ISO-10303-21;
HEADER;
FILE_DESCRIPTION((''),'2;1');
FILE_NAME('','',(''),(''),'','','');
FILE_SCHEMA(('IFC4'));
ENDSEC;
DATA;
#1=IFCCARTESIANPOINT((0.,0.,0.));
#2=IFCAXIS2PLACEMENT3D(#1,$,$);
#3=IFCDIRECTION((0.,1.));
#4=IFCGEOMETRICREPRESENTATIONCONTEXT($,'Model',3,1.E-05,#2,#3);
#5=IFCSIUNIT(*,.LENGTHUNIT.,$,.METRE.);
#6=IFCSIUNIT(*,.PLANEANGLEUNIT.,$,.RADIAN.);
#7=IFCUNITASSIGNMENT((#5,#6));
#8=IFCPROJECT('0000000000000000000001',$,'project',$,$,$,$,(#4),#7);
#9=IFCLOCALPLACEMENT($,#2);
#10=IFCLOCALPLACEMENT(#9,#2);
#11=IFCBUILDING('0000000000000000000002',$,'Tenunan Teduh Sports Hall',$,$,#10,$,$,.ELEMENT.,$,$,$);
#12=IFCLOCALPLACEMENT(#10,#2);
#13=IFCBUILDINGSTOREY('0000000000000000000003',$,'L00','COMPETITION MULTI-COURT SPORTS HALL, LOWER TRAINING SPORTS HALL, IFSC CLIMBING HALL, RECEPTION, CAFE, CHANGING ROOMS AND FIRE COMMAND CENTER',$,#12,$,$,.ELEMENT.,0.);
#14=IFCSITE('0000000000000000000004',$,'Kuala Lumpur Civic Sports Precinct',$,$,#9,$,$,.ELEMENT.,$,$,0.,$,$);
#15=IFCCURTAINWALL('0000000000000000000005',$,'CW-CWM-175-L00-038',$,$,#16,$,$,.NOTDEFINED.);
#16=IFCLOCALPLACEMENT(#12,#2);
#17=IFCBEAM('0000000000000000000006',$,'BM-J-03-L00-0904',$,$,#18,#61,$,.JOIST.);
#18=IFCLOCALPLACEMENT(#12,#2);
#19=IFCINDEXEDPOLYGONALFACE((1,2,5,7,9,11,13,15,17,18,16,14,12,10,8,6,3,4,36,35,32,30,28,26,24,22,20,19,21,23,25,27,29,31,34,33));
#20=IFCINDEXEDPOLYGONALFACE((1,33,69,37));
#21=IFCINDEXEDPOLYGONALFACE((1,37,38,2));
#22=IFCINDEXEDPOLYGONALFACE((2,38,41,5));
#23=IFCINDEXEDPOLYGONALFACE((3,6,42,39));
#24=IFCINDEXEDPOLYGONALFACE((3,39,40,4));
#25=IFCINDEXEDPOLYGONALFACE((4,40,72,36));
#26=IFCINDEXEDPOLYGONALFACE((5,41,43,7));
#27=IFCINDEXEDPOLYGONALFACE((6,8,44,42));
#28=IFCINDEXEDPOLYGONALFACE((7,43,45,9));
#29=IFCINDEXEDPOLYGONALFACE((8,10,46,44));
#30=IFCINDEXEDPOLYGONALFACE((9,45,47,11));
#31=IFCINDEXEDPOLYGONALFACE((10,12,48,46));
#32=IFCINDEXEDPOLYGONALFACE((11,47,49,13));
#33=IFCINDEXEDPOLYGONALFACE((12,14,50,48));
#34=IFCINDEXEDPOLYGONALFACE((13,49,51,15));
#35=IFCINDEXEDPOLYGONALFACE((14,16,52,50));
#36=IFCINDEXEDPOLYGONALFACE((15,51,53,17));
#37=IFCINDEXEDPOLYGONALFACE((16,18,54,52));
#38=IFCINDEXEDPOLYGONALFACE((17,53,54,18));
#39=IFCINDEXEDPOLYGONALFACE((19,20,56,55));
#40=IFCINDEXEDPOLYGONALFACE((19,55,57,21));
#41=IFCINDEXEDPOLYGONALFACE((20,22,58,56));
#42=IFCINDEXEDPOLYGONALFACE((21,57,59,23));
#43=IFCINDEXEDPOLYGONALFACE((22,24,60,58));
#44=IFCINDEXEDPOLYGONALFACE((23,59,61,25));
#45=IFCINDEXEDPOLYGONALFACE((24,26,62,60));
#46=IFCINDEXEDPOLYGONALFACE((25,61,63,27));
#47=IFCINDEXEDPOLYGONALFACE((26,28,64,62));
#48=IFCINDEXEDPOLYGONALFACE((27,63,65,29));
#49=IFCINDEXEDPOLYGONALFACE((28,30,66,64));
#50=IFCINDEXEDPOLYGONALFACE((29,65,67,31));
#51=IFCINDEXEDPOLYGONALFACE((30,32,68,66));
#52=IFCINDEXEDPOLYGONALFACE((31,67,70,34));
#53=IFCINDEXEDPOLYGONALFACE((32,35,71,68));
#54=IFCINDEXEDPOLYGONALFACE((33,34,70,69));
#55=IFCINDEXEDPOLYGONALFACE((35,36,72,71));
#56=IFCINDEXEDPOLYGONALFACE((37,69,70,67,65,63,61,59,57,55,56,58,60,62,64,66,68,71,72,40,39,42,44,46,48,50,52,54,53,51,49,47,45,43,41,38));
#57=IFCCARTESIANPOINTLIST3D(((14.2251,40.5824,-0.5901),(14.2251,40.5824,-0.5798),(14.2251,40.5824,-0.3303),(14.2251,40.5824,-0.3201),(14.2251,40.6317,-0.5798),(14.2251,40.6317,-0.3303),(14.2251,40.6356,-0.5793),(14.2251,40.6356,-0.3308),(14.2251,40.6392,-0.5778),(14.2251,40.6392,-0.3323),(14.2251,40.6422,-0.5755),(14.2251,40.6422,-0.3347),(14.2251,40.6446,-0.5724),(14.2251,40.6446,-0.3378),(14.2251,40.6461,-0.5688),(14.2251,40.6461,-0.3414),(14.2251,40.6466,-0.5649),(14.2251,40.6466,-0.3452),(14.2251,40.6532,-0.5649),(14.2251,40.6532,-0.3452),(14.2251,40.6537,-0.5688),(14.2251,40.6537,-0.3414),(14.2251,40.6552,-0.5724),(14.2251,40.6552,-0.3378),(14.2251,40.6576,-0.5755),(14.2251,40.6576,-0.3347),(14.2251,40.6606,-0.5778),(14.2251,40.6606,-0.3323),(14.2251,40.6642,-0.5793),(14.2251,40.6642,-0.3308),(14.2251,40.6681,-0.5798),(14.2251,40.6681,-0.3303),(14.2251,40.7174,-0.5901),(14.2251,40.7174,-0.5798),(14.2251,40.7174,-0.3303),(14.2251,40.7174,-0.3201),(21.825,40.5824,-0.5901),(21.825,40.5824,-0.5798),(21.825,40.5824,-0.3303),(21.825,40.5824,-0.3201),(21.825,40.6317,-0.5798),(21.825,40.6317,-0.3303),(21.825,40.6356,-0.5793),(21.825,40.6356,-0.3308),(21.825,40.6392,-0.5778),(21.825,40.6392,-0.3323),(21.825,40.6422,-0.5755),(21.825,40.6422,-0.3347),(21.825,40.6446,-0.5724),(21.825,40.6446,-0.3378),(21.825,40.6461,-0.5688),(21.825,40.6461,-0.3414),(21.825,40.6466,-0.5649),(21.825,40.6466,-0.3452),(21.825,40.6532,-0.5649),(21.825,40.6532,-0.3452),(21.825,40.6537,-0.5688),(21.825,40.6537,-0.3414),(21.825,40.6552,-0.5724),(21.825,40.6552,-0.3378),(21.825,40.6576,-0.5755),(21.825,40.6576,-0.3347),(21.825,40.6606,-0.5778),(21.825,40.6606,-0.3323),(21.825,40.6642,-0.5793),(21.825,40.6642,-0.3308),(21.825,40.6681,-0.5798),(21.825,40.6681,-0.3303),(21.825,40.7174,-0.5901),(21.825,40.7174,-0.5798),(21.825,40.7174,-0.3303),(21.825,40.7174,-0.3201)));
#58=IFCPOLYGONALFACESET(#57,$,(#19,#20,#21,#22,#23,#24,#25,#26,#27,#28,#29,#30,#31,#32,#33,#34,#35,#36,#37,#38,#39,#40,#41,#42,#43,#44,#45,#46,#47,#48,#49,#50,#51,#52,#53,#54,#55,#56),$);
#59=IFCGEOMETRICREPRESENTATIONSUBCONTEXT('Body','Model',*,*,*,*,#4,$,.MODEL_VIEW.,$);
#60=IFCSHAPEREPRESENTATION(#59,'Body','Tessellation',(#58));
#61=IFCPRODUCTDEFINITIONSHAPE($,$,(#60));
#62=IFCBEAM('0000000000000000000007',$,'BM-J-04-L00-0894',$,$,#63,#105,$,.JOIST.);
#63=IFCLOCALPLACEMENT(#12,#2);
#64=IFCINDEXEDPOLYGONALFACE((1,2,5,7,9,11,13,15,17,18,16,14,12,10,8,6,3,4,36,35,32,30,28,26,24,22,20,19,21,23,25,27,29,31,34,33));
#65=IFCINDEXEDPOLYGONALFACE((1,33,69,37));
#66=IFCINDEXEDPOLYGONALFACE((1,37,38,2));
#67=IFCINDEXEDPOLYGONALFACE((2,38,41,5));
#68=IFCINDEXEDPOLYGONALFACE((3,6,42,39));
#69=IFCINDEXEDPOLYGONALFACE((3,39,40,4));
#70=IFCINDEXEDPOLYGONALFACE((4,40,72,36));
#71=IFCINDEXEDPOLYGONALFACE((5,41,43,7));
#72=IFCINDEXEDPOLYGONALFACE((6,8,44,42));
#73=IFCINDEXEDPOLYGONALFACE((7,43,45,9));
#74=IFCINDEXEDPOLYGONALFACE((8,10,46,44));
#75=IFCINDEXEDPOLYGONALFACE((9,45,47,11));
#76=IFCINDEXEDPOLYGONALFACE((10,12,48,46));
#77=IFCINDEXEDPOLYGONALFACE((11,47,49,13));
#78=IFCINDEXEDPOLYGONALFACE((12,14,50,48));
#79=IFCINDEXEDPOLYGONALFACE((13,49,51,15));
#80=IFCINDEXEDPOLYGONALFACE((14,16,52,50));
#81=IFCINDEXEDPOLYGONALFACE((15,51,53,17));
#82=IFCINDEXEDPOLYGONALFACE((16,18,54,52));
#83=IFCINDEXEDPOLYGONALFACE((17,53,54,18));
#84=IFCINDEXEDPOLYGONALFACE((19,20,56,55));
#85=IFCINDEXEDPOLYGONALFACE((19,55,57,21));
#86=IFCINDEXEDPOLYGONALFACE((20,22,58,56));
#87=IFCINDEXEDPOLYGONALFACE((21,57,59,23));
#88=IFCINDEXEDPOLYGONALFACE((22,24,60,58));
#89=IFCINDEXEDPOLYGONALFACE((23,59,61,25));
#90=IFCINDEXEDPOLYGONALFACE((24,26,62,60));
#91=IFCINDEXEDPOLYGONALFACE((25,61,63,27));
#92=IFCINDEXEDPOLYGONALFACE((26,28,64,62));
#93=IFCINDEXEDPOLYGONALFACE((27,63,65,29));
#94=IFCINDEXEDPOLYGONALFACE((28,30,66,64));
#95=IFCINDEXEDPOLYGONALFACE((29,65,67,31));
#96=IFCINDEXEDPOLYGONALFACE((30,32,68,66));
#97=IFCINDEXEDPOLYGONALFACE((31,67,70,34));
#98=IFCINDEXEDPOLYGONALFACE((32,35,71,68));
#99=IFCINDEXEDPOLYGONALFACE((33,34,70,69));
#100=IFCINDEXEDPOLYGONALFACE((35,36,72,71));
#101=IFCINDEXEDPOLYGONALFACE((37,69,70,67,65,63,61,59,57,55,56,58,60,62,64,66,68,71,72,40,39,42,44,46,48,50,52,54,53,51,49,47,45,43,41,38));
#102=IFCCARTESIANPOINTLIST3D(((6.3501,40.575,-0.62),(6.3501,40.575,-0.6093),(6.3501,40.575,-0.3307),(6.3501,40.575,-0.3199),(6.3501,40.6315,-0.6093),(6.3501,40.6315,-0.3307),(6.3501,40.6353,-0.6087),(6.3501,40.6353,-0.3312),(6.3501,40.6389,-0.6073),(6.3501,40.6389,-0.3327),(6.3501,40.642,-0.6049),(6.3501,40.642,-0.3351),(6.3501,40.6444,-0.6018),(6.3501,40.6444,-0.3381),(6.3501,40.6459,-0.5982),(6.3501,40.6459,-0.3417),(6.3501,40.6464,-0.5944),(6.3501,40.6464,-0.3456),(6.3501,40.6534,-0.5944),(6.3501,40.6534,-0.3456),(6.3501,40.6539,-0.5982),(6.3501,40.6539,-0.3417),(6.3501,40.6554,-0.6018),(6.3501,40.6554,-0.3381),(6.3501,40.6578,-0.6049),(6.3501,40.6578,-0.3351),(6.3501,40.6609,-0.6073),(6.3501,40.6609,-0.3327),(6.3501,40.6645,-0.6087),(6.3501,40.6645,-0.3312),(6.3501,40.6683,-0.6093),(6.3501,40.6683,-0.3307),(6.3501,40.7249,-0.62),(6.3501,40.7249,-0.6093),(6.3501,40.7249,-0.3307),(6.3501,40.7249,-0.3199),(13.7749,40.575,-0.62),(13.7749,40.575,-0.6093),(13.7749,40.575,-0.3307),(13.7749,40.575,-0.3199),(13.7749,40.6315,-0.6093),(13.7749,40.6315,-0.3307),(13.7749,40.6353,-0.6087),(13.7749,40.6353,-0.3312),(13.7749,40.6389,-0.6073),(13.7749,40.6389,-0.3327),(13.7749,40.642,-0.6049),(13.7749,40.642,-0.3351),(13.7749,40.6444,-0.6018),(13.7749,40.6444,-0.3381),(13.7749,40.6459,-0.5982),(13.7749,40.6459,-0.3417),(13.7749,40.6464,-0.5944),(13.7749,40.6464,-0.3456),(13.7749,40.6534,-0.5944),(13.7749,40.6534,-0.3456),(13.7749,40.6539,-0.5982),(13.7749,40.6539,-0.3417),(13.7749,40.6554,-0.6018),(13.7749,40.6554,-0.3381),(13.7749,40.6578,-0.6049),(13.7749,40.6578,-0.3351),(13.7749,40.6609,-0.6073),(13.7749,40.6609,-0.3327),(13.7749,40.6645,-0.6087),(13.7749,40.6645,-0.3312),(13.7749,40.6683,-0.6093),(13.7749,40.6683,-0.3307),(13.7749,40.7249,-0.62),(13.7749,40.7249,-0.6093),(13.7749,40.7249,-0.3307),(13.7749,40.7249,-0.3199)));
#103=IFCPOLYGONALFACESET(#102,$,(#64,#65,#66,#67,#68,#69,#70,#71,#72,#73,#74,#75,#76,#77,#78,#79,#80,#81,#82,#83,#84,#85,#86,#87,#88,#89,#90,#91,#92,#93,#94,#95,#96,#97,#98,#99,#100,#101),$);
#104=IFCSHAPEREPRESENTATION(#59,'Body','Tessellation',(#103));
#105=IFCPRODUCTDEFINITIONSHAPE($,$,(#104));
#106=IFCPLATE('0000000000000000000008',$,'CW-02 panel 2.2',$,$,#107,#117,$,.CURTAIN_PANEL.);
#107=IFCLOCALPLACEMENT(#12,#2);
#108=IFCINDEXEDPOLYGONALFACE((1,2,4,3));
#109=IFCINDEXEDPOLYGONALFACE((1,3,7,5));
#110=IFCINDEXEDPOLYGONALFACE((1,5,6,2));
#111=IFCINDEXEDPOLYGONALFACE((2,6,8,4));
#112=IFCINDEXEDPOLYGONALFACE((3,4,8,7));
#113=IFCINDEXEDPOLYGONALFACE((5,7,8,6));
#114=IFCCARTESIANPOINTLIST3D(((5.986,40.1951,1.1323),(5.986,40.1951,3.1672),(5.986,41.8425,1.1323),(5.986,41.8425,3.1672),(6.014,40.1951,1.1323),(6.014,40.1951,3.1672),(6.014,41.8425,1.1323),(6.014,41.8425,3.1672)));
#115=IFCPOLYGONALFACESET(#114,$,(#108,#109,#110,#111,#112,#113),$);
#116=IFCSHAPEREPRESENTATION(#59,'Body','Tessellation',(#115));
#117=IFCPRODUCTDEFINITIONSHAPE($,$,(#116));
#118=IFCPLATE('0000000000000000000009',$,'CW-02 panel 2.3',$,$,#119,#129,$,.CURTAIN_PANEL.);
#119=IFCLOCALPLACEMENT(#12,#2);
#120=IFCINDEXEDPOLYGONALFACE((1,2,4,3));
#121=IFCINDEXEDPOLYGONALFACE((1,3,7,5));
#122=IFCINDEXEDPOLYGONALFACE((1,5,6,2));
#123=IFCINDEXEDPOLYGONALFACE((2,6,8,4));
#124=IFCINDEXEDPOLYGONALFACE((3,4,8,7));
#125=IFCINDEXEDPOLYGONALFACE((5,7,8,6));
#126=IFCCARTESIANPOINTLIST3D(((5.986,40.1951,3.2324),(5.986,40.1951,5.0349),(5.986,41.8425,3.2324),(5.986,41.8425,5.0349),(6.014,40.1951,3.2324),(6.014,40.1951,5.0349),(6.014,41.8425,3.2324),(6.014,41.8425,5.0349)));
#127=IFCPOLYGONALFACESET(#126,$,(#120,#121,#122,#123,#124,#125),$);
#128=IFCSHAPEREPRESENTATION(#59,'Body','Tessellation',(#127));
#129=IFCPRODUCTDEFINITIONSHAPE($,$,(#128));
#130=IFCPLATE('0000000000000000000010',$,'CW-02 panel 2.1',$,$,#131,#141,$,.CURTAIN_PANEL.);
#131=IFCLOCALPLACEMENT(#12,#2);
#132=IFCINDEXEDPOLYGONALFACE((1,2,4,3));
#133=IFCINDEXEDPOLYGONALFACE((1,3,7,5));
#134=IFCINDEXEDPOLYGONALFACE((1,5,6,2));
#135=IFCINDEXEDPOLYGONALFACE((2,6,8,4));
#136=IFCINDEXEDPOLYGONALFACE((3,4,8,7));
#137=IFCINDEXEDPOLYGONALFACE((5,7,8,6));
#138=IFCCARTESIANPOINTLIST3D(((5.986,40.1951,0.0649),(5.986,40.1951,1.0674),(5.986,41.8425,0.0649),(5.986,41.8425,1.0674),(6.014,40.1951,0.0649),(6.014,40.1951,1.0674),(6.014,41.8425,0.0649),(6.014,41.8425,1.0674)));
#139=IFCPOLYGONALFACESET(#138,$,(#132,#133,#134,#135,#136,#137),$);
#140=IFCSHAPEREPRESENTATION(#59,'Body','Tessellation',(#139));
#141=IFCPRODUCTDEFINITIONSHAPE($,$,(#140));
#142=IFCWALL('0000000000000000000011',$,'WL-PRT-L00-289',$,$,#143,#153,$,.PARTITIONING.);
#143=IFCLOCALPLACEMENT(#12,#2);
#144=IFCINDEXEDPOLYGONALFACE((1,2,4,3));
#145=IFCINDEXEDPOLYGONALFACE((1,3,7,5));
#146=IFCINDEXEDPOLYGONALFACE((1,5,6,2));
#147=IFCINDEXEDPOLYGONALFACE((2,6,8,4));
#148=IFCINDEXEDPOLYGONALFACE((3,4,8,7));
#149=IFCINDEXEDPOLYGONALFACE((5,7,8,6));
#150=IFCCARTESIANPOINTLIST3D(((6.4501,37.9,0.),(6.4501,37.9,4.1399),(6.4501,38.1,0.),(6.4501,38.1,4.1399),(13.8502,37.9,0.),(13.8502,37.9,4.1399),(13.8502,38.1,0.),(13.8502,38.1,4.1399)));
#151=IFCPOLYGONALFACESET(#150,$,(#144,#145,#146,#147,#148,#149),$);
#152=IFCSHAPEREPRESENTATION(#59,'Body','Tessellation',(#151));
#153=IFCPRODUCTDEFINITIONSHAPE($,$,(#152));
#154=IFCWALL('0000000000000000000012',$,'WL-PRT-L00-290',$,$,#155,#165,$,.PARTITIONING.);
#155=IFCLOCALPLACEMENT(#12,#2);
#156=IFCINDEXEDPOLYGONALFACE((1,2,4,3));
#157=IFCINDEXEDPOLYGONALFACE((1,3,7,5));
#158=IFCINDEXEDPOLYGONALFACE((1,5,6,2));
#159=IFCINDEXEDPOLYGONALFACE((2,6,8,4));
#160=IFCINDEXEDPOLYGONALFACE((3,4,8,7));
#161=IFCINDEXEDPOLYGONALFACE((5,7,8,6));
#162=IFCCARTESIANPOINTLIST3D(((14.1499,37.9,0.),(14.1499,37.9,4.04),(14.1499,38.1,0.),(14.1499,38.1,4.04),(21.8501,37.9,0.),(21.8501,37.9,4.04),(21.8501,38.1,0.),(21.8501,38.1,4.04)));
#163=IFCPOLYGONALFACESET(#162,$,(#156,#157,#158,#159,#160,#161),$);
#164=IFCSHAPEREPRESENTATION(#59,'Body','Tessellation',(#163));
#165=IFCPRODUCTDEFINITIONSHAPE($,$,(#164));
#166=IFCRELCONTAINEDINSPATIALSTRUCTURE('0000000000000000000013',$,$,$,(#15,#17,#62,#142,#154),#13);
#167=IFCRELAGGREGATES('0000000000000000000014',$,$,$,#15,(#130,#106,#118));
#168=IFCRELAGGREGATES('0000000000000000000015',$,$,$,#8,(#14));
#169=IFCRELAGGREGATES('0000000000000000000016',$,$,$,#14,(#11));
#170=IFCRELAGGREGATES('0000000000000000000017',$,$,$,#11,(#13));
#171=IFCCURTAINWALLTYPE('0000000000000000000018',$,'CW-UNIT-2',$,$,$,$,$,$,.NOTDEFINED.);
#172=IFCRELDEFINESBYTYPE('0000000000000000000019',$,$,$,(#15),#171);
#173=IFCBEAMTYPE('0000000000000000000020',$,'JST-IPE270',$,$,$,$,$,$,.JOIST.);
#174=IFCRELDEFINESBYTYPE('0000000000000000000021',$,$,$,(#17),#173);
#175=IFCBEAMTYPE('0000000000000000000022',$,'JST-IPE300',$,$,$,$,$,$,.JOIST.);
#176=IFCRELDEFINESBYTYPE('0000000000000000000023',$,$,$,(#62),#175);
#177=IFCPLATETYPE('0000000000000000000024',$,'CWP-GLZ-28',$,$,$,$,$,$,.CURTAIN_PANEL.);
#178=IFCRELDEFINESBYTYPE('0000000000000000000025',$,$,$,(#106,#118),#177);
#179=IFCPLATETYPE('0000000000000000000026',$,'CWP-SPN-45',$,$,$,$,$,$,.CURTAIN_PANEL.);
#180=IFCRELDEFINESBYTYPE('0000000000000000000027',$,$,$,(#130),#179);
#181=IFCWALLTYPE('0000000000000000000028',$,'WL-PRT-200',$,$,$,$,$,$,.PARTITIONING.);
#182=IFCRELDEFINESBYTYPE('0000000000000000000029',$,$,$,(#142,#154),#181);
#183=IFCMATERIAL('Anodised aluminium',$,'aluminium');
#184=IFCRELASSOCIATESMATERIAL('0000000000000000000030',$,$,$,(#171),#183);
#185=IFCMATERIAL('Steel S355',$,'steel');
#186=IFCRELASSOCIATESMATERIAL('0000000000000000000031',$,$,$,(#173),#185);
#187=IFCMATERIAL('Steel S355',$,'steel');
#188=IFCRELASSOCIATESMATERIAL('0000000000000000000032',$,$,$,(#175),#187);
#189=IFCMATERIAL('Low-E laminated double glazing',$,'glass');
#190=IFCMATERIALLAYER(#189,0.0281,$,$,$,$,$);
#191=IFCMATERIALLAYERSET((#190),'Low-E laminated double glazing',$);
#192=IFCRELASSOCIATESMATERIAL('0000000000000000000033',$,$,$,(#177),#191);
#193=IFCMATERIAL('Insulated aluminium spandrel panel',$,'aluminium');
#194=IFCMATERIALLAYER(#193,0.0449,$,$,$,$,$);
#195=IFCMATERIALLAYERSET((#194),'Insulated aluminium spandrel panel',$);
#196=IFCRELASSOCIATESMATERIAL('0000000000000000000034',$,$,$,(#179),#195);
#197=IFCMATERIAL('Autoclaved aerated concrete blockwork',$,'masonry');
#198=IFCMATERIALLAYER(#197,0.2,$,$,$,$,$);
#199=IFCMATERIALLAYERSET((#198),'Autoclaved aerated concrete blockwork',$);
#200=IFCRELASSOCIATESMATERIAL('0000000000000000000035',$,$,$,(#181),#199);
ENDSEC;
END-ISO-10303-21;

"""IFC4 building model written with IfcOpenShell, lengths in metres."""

from ifc_helpers import new_model, si_unit, direction, frame, frame_2d, origin, origin_2d, place, context, subcontext, project, spatial, rectangle, i_section, extrude, material, layer, layer_set, material_profile, profile_set, type_object, element, aggregate, save


model = new_model("IFC4")

# Units and contexts
model_context = context("Model", 3, precision=1e-05, world=origin(), true_north=direction((0.0, 1.0)))
body_context = subcontext(model_context, "Body", "Model", "MODEL_VIEW")
ifc_project = project(units=[si_unit("LENGTHUNIT", "METRE"), si_unit("PLANEANGLEUNIT", "RADIAN")], contexts=[model_context])

# Site, building, storey
site_placement = place(None, origin())
site = spatial("IfcSite", under=ifc_project, at=site_placement, Name="Kuala Lumpur Civic Sports Precinct", CompositionType="ELEMENT", RefElevation=0.0)
building_placement = place(site_placement, origin())
building = spatial("IfcBuilding", under=site, at=building_placement, Name="Tenunan Teduh Sports Hall", CompositionType="ELEMENT")
storey_placement = place(building_placement, origin())
storey = spatial("IfcBuildingStorey", under=building, at=storey_placement, Name="L00", Description="COMPETITION MULTI-COURT SPORTS HALL, LOWER TRAINING SPORTS HALL, IFSC CLIMBING HALL, RECEPTION, CAFE, CHANGING ROOMS AND FIRE COMMAND CENTER", CompositionType="ELEMENT", Elevation=0.0)

# Curtain wall
ifc_material_1 = material(Name="Anodised aluminium", Category="aluminium")
curtain_wall_type = type_object("IfcCurtainWallType", Name="CW-UNIT-2", PredefinedType="NOTDEFINED", material=ifc_material_1)
curtain_wall_placement = place(storey_placement, origin())
curtain_wall = element("IfcCurtainWall", 1, at=curtain_wall_placement, inside=storey, type_object=curtain_wall_type, Name="CW-CWM-175-L00-038", PredefinedType="NOTDEFINED")

# Beams
ifc_material_2 = material(Name="Steel S355", Category="steel")
ifc_material_profile_1 = material_profile(ifc_material_2, i_section(OverallWidth=0.135, OverallDepth=0.27, WebThickness=0.0066, FlangeThickness=0.0103, FilletRadius=0.0149, at=origin_2d()), Name="IPE 270")
ifc_profile_set_1 = profile_set([ifc_material_profile_1], Name="Steel S355")
beam_type_1 = type_object("IfcBeamType", Name="JST-IPE270", PredefinedType="JOIST", material=ifc_profile_set_1)
beam_1_placement = place(storey_placement, frame((14.2251, 40.6499, -0.4551), z_axis=(1.0, 0.0, 0.0), x_axis=(0.0, 1.0, 0.0)))
element("IfcBeam", 2, at=beam_1_placement, inside=storey, type_object=beam_type_1, Name="BM-J-03-L00-0904", PredefinedType="JOIST", context=body_context, shape_type="SweptSolid", body=[
    extrude(i_section(OverallWidth=0.135, OverallDepth=0.27, WebThickness=0.0066, FlangeThickness=0.0103, FilletRadius=0.0149, at=origin_2d()), origin(), (0.0, 0.0, 1.0), 7.5999),
])
ifc_material_3 = material(Name="Steel S355", Category="steel")
ifc_material_profile_2 = material_profile(ifc_material_3, i_section(OverallWidth=0.1499, OverallDepth=0.3, WebThickness=0.0071, FlangeThickness=0.0107, FilletRadius=0.0149, at=origin_2d()), Name="IPE 300")
ifc_profile_set_2 = profile_set([ifc_material_profile_2], Name="Steel S355")
beam_type_2 = type_object("IfcBeamType", Name="JST-IPE300", PredefinedType="JOIST", material=ifc_profile_set_2)
beam_2_placement = place(storey_placement, frame((6.3501, 40.6499, -0.47), z_axis=(1.0, 0.0, 0.0), x_axis=(0.0, 1.0, 0.0)))
element("IfcBeam", 3, at=beam_2_placement, inside=storey, type_object=beam_type_2, Name="BM-J-04-L00-0894", PredefinedType="JOIST", context=body_context, shape_type="SweptSolid", body=[
    extrude(i_section(OverallWidth=0.1499, OverallDepth=0.3, WebThickness=0.0071, FlangeThickness=0.0107, FilletRadius=0.0149, at=origin_2d()), origin(), (0.0, 0.0, 1.0), 7.4248),
])

# Plates
ifc_material_4 = material(Name="Low-E laminated double glazing", Category="glass")
ifc_layer_1 = layer(ifc_material_4, 0.0281)
ifc_layer_set_1 = layer_set([ifc_layer_1], Name="Low-E laminated double glazing")
plate_type_1 = type_object("IfcPlateType", Name="CWP-GLZ-28", PredefinedType="CURTAIN_PANEL", material=ifc_layer_set_1)
plate_1_placement = place(storey_placement, frame((6.0, 41.0188, 1.1323), z_axis=(0.0, 0.0, 1.0), x_axis=(0.0, 1.0, 0.0)))
plate_1 = element("IfcPlate", 4, at=plate_1_placement, type_object=plate_type_1, Name="CW-02 panel 2.2", PredefinedType="CURTAIN_PANEL", context=body_context, shape_type="SweptSolid", body=[
    extrude(rectangle(XDim=1.6475, YDim=0.0281, at=origin_2d()), origin(), (0.0, 0.0, 1.0), 2.0349),
])
plate_2_placement = place(storey_placement, frame((6.0, 41.0188, 3.2324), z_axis=(0.0, 0.0, 1.0), x_axis=(0.0, 1.0, 0.0)))
plate_2 = element("IfcPlate", 5, at=plate_2_placement, type_object=plate_type_1, Name="CW-02 panel 2.3", PredefinedType="CURTAIN_PANEL", context=body_context, shape_type="SweptSolid", body=[
    extrude(rectangle(XDim=1.6475, YDim=0.0281, at=origin_2d()), origin(), (0.0, 0.0, 1.0), 1.8025),
])
ifc_material_5 = material(Name="Insulated aluminium spandrel panel", Category="aluminium")
ifc_layer_2 = layer(ifc_material_5, 0.0449)
ifc_layer_set_2 = layer_set([ifc_layer_2], Name="Insulated aluminium spandrel panel")
plate_type_2 = type_object("IfcPlateType", Name="CWP-SPN-45", PredefinedType="CURTAIN_PANEL", material=ifc_layer_set_2)
plate_3_placement = place(storey_placement, frame((6.0, 41.0188, 0.0649), z_axis=(0.0, 0.0, 1.0), x_axis=(0.0, 1.0, 0.0)))
plate_3 = element("IfcPlate", 6, at=plate_3_placement, type_object=plate_type_2, Name="CW-02 panel 2.1", PredefinedType="CURTAIN_PANEL", context=body_context, shape_type="SweptSolid", body=[
    extrude(rectangle(XDim=1.6475, YDim=0.0281, at=origin_2d()), origin(), (0.0, 0.0, 1.0), 1.0024),
])
aggregate(curtain_wall, [plate_3, plate_1, plate_2])

# Walls
ifc_material_6 = material(Name="Autoclaved aerated concrete blockwork", Category="masonry")
ifc_layer_3 = layer(ifc_material_6, 0.2)
ifc_layer_set_3 = layer_set([ifc_layer_3], Name="Autoclaved aerated concrete blockwork")
wall_type = type_object("IfcWallType", Name="WL-PRT-200", PredefinedType="PARTITIONING", material=ifc_layer_set_3)
wall_1_placement = place(storey_placement, frame((6.45, 38.0, 0.0), z_axis=(0.0, 0.0, 1.0), x_axis=(1.0, 0.0, 0.0)))
element("IfcWall", 7, at=wall_1_placement, inside=storey, type_object=wall_type, Name="WL-PRT-L00-289", PredefinedType="PARTITIONING", context=body_context, shape_type="SweptSolid", body=[
    extrude(rectangle(XDim=7.4001, YDim=0.2, at=frame_2d((3.7002, 0.0))), origin(), (0.0, 0.0, 1.0), 4.1399),
])
wall_2_placement = place(storey_placement, frame((14.1499, 38.0, 0.0), z_axis=(0.0, 0.0, 1.0), x_axis=(1.0, 0.0, 0.0)))
element("IfcWall", 8, at=wall_2_placement, inside=storey, type_object=wall_type, Name="WL-PRT-L00-290", PredefinedType="PARTITIONING", context=body_context, shape_type="SweptSolid", body=[
    extrude(rectangle(XDim=7.7002, YDim=0.2, at=frame_2d((3.8501, 0.0))), origin(), (0.0, 0.0, 1.0), 4.04),
])

save(model, "model.ifc")
